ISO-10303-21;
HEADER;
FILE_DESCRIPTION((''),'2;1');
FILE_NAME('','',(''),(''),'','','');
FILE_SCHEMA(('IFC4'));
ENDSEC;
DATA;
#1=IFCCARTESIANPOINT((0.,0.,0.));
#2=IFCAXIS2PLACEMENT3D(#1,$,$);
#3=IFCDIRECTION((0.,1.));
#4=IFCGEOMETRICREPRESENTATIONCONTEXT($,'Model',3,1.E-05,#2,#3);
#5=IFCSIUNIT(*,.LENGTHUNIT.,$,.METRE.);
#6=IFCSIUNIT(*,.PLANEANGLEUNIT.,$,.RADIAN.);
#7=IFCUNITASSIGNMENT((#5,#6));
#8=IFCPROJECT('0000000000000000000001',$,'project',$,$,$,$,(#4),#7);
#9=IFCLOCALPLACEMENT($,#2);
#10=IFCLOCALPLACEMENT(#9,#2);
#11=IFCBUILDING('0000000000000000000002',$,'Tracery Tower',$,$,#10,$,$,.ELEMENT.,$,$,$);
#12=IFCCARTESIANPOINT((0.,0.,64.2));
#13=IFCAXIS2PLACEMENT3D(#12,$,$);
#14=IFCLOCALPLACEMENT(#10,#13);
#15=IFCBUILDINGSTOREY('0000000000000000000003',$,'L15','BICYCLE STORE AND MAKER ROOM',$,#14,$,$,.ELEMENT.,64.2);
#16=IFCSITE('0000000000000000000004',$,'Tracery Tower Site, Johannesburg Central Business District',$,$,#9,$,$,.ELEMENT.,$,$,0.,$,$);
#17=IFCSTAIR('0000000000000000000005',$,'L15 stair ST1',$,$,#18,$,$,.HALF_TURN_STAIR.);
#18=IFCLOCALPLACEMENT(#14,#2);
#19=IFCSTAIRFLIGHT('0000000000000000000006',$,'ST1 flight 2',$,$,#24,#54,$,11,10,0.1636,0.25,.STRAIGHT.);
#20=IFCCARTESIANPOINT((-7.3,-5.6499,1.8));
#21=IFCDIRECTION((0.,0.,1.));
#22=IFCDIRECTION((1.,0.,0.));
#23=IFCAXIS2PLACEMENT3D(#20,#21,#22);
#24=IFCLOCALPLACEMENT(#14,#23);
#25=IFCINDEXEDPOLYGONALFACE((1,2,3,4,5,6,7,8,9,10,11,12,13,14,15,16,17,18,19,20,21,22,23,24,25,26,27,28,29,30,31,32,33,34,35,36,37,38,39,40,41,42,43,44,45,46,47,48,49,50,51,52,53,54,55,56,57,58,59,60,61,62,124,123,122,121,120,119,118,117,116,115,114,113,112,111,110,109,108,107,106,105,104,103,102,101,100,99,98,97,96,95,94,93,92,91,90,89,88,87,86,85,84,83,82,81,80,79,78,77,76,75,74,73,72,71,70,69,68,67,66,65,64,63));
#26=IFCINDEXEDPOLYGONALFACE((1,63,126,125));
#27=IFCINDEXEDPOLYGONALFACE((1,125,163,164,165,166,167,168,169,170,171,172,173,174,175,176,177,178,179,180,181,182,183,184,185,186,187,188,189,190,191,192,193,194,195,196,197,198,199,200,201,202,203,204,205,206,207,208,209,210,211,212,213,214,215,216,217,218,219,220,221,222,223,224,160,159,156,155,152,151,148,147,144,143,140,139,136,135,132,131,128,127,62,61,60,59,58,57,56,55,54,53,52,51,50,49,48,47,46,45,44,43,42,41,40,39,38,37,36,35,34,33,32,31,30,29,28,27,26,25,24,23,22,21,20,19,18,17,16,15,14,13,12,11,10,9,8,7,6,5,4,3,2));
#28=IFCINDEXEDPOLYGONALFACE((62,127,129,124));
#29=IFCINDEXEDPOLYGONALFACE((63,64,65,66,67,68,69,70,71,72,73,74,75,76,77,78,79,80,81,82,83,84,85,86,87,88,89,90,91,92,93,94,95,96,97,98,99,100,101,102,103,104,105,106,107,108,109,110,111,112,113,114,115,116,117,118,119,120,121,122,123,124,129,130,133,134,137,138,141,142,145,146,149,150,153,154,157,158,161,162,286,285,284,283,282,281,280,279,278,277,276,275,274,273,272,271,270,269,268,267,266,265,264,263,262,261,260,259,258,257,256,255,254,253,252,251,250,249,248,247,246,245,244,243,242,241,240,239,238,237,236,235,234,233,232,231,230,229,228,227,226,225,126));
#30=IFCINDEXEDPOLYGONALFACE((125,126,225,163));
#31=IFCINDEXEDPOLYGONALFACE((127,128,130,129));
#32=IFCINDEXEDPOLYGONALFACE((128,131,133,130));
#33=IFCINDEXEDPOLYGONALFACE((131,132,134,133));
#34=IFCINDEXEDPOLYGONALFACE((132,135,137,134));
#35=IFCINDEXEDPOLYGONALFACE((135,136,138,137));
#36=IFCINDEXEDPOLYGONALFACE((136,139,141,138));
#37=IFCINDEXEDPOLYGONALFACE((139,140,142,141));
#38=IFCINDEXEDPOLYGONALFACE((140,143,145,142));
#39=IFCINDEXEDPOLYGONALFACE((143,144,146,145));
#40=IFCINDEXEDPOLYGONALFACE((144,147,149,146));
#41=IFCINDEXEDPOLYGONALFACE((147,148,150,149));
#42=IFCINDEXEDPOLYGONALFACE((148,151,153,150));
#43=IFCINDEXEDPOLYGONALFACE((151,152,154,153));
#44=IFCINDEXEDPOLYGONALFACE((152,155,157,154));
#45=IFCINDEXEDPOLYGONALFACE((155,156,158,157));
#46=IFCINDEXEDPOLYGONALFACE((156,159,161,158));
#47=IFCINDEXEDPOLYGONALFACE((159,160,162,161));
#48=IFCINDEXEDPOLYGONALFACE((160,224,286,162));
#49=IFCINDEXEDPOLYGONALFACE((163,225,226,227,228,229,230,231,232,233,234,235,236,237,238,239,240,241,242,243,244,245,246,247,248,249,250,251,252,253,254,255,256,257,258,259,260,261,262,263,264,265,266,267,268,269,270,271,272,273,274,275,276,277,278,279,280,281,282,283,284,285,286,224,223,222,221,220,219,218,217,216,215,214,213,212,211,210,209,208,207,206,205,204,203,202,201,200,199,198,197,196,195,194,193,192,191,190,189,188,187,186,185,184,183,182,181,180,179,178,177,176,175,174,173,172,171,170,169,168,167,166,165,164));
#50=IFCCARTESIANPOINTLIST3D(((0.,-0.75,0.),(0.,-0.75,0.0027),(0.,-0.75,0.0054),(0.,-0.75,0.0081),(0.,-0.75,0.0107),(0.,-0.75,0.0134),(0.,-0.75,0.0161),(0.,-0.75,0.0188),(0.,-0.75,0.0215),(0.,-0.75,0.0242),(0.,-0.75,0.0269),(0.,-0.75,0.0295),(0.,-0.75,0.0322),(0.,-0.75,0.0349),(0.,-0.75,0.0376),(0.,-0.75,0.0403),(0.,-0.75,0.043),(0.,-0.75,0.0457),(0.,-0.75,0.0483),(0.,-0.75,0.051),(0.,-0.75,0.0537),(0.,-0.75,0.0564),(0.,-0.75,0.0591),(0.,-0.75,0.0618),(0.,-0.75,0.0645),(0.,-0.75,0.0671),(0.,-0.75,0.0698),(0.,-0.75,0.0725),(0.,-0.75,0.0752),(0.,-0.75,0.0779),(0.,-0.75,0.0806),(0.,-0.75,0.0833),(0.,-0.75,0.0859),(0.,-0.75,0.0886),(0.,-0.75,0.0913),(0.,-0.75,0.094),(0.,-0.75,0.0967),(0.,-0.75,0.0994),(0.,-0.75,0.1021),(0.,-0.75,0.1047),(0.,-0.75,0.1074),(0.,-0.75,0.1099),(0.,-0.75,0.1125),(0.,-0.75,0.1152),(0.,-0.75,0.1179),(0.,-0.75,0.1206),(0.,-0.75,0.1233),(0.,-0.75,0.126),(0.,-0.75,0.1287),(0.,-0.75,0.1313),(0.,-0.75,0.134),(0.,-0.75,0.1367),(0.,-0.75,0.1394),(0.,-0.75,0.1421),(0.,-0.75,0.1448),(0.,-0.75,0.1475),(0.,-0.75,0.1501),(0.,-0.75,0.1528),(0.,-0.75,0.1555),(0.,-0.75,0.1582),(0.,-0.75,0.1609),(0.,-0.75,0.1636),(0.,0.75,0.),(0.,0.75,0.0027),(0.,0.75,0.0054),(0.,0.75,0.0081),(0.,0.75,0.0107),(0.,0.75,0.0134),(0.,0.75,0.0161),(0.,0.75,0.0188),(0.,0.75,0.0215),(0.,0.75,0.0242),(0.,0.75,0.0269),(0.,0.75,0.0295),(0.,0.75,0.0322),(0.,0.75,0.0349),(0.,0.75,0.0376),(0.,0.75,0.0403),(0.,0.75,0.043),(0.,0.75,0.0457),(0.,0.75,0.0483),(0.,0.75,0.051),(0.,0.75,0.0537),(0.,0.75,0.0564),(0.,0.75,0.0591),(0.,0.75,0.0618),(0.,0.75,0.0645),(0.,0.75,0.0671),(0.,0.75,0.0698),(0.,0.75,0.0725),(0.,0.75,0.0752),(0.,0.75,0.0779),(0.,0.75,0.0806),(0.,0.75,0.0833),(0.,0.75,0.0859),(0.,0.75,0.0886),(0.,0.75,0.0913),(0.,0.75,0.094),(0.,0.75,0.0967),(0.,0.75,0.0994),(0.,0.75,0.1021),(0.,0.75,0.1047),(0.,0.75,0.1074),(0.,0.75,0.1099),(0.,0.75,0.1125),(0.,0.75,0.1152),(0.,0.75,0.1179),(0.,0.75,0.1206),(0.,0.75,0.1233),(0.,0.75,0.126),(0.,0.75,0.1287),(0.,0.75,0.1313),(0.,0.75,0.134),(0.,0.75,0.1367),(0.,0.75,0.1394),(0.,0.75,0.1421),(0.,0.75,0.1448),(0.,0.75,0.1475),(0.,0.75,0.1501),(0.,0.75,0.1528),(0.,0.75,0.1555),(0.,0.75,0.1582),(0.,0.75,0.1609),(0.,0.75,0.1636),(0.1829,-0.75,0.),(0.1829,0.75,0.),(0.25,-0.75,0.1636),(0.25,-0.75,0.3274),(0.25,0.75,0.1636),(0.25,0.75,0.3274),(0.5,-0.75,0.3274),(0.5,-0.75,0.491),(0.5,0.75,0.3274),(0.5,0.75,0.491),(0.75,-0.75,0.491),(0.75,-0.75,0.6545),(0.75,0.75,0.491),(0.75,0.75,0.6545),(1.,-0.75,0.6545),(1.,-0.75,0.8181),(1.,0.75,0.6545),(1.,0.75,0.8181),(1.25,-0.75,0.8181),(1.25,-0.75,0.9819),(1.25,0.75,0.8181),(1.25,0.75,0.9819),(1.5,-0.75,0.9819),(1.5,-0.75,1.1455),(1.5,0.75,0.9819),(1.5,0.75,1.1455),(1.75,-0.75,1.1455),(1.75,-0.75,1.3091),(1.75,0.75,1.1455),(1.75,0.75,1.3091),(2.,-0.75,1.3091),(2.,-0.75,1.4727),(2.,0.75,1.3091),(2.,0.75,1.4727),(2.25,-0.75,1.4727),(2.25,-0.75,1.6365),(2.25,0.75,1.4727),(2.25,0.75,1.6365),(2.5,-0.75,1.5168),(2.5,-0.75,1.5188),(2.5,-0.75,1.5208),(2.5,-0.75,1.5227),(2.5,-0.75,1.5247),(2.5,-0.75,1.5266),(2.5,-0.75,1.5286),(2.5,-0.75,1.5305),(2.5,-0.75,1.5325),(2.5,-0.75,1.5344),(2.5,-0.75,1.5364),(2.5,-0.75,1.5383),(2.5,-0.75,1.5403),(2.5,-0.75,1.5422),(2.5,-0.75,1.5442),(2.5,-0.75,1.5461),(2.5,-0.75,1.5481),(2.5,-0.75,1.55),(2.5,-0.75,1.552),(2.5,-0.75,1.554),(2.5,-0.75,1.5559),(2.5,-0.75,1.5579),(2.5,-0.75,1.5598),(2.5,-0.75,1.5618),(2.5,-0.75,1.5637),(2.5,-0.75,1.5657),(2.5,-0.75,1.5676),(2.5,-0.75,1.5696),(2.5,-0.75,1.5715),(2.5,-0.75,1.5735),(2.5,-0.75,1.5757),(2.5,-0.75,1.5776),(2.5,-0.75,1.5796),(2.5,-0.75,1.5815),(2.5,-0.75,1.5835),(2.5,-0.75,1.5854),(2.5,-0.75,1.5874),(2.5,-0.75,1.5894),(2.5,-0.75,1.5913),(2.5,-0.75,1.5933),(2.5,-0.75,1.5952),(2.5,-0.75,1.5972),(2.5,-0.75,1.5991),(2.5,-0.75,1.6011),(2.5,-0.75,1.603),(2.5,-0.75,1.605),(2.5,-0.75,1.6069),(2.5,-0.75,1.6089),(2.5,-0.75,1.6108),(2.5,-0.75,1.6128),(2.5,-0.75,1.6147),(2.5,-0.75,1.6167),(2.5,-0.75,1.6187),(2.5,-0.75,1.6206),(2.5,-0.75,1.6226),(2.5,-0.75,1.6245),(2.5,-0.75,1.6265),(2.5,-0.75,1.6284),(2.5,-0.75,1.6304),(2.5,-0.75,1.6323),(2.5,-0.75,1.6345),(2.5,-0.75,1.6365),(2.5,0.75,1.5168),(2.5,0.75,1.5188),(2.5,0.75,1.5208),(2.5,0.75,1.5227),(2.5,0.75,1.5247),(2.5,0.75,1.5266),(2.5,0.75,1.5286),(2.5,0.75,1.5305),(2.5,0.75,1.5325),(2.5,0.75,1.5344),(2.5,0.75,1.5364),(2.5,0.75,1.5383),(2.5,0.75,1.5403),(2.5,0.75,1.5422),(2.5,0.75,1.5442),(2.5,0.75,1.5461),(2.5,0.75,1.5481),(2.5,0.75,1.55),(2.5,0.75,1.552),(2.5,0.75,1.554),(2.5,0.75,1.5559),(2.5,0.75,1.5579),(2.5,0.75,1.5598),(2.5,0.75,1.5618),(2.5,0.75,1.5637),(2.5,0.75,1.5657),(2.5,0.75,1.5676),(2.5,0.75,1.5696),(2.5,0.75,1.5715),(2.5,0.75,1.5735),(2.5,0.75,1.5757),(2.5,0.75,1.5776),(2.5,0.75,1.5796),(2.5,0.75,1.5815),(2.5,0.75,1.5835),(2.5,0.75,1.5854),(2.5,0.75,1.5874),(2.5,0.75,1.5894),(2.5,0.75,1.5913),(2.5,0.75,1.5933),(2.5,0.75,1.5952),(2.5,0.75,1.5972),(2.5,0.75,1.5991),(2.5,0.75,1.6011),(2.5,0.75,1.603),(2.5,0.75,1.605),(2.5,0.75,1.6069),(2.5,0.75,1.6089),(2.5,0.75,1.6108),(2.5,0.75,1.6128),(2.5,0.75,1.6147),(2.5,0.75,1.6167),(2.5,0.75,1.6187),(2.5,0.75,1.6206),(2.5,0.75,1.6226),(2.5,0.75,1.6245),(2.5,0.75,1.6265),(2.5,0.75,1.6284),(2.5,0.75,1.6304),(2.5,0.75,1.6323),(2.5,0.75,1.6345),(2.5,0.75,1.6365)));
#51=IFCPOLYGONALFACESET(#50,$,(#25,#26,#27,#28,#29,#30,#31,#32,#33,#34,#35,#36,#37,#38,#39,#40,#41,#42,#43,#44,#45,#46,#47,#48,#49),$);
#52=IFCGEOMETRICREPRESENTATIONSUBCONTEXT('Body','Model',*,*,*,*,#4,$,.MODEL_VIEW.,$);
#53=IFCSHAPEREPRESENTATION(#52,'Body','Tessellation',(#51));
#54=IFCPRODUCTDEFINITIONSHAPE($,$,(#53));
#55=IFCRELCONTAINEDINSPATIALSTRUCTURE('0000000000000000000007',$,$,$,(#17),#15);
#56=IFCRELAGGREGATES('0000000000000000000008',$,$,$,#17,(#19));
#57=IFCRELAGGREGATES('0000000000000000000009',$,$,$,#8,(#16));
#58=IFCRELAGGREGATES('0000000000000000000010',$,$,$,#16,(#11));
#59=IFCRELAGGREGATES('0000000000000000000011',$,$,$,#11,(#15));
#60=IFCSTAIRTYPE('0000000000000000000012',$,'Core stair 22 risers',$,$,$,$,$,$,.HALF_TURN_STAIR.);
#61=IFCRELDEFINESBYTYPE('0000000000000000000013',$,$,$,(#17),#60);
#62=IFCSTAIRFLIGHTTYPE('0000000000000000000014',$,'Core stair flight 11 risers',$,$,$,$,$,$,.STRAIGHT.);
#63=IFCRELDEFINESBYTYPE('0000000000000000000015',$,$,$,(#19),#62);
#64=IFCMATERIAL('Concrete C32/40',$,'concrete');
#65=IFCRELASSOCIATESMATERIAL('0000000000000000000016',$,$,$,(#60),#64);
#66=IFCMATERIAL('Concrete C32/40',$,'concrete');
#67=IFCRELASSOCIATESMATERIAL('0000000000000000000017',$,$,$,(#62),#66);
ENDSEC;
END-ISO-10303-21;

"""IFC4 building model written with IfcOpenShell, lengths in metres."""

from ifc_helpers import new_model, si_unit, direction, frame, origin, place, context, subcontext, project, spatial, polyline, outline, extrude, material, type_object, element, aggregate, save


model = new_model("IFC4")

# Units and contexts
model_context = context("Model", 3, precision=1e-05, world=origin(), true_north=direction((0.0, 1.0)))
body_context = subcontext(model_context, "Body", "Model", "MODEL_VIEW")
ifc_project = project(units=[si_unit("LENGTHUNIT", "METRE"), si_unit("PLANEANGLEUNIT", "RADIAN")], contexts=[model_context])

# Site, building, storey
site_placement = place(None, origin())
site = spatial("IfcSite", under=ifc_project, at=site_placement, Name="Tracery Tower Site, Johannesburg Central Business District", CompositionType="ELEMENT", RefElevation=0.0)
building_placement = place(site_placement, origin())
building = spatial("IfcBuilding", under=site, at=building_placement, Name="Tracery Tower", CompositionType="ELEMENT")
storey_placement = place(building_placement, frame((0.0, 0.0, 64.2)))
storey = spatial("IfcBuildingStorey", under=building, at=storey_placement, Name="L15", Description="BICYCLE STORE AND MAKER ROOM", CompositionType="ELEMENT", Elevation=64.2)

# Stair, stair flight
ifc_material_1 = material(Name="Concrete C32/40", Category="concrete")
stair_type = type_object("IfcStairType", Name="Core stair 22 risers", PredefinedType="HALF_TURN_STAIR", material=ifc_material_1)
stair_placement = place(storey_placement, origin())
stair = element("IfcStair", 1, at=stair_placement, inside=storey, type_object=stair_type, Name="L15 stair ST1", PredefinedType="HALF_TURN_STAIR")
ifc_material_2 = material(Name="Concrete C32/40", Category="concrete")
stair_flight_type = type_object("IfcStairFlightType", Name="Core stair flight 11 risers", PredefinedType="STRAIGHT", material=ifc_material_2)
stair_flight_1_placement = place(storey_placement, frame((-7.3, -5.6499, 1.8), z_axis=(0.0, 0.0, 1.0), x_axis=(1.0, 0.0, 0.0)))
stair_flight_1 = element("IfcStairFlight", 2, at=stair_flight_1_placement, type_object=stair_flight_type, Name="ST1 flight 2", NumberOfRisers=11, NumberOfTreads=10, PredefinedType="STRAIGHT", RiserHeight=0.1636, TreadLength=0.25, context=body_context, shape_type="SweptSolid", body=[
    extrude(outline(polyline([(0.0, 0.0), (0.0, 0.0027), (0.0, 0.0054), (0.0, 0.0081), (0.0, 0.0107), (0.0, 0.0134), (0.0, 0.0161), (0.0, 0.0188), (0.0, 0.0215), (0.0, 0.0242), (0.0, 0.0269), (0.0, 0.0295), (0.0, 0.0322), (0.0, 0.0349), (0.0, 0.0376), (0.0, 0.0403), (0.0, 0.043), (0.0, 0.0457), (0.0, 0.0483), (0.0, 0.051), (0.0, 0.0537), (0.0, 0.0564), (0.0, 0.0591), (0.0, 0.0618), (0.0, 0.0645), (0.0, 0.0671), (0.0, 0.0698), (0.0, 0.0725), (0.0, 0.0752), (0.0, 0.0779), (0.0, 0.0806), (0.0, 0.0833), (0.0, 0.0859), (0.0, 0.0886), (0.0, 0.0913), (0.0, 0.094), (0.0, 0.0967), (0.0, 0.0994), (0.0, 0.1021), (0.0, 0.1047), (0.0, 0.1074), (0.0, 0.1099), (0.0, 0.1125), (0.0, 0.1152), (0.0, 0.1179), (0.0, 0.1206), (0.0, 0.1233), (0.0, 0.126), (0.0, 0.1287), (0.0, 0.1313), (0.0, 0.134), (0.0, 0.1367), (0.0, 0.1394), (0.0, 0.1421), (0.0, 0.1448), (0.0, 0.1475), (0.0, 0.1501), (0.0, 0.1528), (0.0, 0.1555), (0.0, 0.1582), (0.0, 0.1609), (0.0, 0.1636), (0.25, 0.1636), (0.25, 0.3274), (0.5, 0.3274), (0.5, 0.491), (0.75, 0.491), (0.75, 0.6545), (1.0, 0.6545), (1.0, 0.8181), (1.25, 0.8181), (1.25, 0.9819), (1.5, 0.9819), (1.5, 1.1455), (1.75, 1.1455), (1.75, 1.3091), (2.0, 1.3091), (2.0, 1.4727), (2.25, 1.4727), (2.25, 1.6365), (2.5, 1.6365), (2.5, 1.6345), (2.5, 1.6323), (2.5, 1.6304), (2.5, 1.6284), (2.5, 1.6265), (2.5, 1.6245), (2.5, 1.6226), (2.5, 1.6206), (2.5, 1.6187), (2.5, 1.6167), (2.5, 1.6147), (2.5, 1.6128), (2.5, 1.6108), (2.5, 1.6089), (2.5, 1.6069), (2.5, 1.605), (2.5, 1.603), (2.5, 1.6011), (2.5, 1.5991), (2.5, 1.5972), (2.5, 1.5952), (2.5, 1.5933), (2.5, 1.5913), (2.5, 1.5894), (2.5, 1.5874), (2.5, 1.5854), (2.5, 1.5835), (2.5, 1.5815), (2.5, 1.5796), (2.5, 1.5776), (2.5, 1.5757), (2.5, 1.5735), (2.5, 1.5715), (2.5, 1.5696), (2.5, 1.5676), (2.5, 1.5657), (2.5, 1.5637), (2.5, 1.5618), (2.5, 1.5598), (2.5, 1.5579), (2.5, 1.5559), (2.5, 1.554), (2.5, 1.552), (2.5, 1.55), (2.5, 1.5481), (2.5, 1.5461), (2.5, 1.5442), (2.5, 1.5422), (2.5, 1.5403), (2.5, 1.5383), (2.5, 1.5364), (2.5, 1.5344), (2.5, 1.5325), (2.5, 1.5305), (2.5, 1.5286), (2.5, 1.5266), (2.5, 1.5247), (2.5, 1.5227), (2.5, 1.5208), (2.5, 1.5188), (2.5, 1.5168), (0.1829, 0.0), (0.0, 0.0)])), frame((0.0, 0.75, 0.0), z_axis=(0.0, -1.0, 0.0), x_axis=(1.0, 0.0, 0.0)), (0.0, 0.0, 1.0), 1.5),
])
aggregate(stair, [stair_flight_1])

save(model, "model.ifc")
